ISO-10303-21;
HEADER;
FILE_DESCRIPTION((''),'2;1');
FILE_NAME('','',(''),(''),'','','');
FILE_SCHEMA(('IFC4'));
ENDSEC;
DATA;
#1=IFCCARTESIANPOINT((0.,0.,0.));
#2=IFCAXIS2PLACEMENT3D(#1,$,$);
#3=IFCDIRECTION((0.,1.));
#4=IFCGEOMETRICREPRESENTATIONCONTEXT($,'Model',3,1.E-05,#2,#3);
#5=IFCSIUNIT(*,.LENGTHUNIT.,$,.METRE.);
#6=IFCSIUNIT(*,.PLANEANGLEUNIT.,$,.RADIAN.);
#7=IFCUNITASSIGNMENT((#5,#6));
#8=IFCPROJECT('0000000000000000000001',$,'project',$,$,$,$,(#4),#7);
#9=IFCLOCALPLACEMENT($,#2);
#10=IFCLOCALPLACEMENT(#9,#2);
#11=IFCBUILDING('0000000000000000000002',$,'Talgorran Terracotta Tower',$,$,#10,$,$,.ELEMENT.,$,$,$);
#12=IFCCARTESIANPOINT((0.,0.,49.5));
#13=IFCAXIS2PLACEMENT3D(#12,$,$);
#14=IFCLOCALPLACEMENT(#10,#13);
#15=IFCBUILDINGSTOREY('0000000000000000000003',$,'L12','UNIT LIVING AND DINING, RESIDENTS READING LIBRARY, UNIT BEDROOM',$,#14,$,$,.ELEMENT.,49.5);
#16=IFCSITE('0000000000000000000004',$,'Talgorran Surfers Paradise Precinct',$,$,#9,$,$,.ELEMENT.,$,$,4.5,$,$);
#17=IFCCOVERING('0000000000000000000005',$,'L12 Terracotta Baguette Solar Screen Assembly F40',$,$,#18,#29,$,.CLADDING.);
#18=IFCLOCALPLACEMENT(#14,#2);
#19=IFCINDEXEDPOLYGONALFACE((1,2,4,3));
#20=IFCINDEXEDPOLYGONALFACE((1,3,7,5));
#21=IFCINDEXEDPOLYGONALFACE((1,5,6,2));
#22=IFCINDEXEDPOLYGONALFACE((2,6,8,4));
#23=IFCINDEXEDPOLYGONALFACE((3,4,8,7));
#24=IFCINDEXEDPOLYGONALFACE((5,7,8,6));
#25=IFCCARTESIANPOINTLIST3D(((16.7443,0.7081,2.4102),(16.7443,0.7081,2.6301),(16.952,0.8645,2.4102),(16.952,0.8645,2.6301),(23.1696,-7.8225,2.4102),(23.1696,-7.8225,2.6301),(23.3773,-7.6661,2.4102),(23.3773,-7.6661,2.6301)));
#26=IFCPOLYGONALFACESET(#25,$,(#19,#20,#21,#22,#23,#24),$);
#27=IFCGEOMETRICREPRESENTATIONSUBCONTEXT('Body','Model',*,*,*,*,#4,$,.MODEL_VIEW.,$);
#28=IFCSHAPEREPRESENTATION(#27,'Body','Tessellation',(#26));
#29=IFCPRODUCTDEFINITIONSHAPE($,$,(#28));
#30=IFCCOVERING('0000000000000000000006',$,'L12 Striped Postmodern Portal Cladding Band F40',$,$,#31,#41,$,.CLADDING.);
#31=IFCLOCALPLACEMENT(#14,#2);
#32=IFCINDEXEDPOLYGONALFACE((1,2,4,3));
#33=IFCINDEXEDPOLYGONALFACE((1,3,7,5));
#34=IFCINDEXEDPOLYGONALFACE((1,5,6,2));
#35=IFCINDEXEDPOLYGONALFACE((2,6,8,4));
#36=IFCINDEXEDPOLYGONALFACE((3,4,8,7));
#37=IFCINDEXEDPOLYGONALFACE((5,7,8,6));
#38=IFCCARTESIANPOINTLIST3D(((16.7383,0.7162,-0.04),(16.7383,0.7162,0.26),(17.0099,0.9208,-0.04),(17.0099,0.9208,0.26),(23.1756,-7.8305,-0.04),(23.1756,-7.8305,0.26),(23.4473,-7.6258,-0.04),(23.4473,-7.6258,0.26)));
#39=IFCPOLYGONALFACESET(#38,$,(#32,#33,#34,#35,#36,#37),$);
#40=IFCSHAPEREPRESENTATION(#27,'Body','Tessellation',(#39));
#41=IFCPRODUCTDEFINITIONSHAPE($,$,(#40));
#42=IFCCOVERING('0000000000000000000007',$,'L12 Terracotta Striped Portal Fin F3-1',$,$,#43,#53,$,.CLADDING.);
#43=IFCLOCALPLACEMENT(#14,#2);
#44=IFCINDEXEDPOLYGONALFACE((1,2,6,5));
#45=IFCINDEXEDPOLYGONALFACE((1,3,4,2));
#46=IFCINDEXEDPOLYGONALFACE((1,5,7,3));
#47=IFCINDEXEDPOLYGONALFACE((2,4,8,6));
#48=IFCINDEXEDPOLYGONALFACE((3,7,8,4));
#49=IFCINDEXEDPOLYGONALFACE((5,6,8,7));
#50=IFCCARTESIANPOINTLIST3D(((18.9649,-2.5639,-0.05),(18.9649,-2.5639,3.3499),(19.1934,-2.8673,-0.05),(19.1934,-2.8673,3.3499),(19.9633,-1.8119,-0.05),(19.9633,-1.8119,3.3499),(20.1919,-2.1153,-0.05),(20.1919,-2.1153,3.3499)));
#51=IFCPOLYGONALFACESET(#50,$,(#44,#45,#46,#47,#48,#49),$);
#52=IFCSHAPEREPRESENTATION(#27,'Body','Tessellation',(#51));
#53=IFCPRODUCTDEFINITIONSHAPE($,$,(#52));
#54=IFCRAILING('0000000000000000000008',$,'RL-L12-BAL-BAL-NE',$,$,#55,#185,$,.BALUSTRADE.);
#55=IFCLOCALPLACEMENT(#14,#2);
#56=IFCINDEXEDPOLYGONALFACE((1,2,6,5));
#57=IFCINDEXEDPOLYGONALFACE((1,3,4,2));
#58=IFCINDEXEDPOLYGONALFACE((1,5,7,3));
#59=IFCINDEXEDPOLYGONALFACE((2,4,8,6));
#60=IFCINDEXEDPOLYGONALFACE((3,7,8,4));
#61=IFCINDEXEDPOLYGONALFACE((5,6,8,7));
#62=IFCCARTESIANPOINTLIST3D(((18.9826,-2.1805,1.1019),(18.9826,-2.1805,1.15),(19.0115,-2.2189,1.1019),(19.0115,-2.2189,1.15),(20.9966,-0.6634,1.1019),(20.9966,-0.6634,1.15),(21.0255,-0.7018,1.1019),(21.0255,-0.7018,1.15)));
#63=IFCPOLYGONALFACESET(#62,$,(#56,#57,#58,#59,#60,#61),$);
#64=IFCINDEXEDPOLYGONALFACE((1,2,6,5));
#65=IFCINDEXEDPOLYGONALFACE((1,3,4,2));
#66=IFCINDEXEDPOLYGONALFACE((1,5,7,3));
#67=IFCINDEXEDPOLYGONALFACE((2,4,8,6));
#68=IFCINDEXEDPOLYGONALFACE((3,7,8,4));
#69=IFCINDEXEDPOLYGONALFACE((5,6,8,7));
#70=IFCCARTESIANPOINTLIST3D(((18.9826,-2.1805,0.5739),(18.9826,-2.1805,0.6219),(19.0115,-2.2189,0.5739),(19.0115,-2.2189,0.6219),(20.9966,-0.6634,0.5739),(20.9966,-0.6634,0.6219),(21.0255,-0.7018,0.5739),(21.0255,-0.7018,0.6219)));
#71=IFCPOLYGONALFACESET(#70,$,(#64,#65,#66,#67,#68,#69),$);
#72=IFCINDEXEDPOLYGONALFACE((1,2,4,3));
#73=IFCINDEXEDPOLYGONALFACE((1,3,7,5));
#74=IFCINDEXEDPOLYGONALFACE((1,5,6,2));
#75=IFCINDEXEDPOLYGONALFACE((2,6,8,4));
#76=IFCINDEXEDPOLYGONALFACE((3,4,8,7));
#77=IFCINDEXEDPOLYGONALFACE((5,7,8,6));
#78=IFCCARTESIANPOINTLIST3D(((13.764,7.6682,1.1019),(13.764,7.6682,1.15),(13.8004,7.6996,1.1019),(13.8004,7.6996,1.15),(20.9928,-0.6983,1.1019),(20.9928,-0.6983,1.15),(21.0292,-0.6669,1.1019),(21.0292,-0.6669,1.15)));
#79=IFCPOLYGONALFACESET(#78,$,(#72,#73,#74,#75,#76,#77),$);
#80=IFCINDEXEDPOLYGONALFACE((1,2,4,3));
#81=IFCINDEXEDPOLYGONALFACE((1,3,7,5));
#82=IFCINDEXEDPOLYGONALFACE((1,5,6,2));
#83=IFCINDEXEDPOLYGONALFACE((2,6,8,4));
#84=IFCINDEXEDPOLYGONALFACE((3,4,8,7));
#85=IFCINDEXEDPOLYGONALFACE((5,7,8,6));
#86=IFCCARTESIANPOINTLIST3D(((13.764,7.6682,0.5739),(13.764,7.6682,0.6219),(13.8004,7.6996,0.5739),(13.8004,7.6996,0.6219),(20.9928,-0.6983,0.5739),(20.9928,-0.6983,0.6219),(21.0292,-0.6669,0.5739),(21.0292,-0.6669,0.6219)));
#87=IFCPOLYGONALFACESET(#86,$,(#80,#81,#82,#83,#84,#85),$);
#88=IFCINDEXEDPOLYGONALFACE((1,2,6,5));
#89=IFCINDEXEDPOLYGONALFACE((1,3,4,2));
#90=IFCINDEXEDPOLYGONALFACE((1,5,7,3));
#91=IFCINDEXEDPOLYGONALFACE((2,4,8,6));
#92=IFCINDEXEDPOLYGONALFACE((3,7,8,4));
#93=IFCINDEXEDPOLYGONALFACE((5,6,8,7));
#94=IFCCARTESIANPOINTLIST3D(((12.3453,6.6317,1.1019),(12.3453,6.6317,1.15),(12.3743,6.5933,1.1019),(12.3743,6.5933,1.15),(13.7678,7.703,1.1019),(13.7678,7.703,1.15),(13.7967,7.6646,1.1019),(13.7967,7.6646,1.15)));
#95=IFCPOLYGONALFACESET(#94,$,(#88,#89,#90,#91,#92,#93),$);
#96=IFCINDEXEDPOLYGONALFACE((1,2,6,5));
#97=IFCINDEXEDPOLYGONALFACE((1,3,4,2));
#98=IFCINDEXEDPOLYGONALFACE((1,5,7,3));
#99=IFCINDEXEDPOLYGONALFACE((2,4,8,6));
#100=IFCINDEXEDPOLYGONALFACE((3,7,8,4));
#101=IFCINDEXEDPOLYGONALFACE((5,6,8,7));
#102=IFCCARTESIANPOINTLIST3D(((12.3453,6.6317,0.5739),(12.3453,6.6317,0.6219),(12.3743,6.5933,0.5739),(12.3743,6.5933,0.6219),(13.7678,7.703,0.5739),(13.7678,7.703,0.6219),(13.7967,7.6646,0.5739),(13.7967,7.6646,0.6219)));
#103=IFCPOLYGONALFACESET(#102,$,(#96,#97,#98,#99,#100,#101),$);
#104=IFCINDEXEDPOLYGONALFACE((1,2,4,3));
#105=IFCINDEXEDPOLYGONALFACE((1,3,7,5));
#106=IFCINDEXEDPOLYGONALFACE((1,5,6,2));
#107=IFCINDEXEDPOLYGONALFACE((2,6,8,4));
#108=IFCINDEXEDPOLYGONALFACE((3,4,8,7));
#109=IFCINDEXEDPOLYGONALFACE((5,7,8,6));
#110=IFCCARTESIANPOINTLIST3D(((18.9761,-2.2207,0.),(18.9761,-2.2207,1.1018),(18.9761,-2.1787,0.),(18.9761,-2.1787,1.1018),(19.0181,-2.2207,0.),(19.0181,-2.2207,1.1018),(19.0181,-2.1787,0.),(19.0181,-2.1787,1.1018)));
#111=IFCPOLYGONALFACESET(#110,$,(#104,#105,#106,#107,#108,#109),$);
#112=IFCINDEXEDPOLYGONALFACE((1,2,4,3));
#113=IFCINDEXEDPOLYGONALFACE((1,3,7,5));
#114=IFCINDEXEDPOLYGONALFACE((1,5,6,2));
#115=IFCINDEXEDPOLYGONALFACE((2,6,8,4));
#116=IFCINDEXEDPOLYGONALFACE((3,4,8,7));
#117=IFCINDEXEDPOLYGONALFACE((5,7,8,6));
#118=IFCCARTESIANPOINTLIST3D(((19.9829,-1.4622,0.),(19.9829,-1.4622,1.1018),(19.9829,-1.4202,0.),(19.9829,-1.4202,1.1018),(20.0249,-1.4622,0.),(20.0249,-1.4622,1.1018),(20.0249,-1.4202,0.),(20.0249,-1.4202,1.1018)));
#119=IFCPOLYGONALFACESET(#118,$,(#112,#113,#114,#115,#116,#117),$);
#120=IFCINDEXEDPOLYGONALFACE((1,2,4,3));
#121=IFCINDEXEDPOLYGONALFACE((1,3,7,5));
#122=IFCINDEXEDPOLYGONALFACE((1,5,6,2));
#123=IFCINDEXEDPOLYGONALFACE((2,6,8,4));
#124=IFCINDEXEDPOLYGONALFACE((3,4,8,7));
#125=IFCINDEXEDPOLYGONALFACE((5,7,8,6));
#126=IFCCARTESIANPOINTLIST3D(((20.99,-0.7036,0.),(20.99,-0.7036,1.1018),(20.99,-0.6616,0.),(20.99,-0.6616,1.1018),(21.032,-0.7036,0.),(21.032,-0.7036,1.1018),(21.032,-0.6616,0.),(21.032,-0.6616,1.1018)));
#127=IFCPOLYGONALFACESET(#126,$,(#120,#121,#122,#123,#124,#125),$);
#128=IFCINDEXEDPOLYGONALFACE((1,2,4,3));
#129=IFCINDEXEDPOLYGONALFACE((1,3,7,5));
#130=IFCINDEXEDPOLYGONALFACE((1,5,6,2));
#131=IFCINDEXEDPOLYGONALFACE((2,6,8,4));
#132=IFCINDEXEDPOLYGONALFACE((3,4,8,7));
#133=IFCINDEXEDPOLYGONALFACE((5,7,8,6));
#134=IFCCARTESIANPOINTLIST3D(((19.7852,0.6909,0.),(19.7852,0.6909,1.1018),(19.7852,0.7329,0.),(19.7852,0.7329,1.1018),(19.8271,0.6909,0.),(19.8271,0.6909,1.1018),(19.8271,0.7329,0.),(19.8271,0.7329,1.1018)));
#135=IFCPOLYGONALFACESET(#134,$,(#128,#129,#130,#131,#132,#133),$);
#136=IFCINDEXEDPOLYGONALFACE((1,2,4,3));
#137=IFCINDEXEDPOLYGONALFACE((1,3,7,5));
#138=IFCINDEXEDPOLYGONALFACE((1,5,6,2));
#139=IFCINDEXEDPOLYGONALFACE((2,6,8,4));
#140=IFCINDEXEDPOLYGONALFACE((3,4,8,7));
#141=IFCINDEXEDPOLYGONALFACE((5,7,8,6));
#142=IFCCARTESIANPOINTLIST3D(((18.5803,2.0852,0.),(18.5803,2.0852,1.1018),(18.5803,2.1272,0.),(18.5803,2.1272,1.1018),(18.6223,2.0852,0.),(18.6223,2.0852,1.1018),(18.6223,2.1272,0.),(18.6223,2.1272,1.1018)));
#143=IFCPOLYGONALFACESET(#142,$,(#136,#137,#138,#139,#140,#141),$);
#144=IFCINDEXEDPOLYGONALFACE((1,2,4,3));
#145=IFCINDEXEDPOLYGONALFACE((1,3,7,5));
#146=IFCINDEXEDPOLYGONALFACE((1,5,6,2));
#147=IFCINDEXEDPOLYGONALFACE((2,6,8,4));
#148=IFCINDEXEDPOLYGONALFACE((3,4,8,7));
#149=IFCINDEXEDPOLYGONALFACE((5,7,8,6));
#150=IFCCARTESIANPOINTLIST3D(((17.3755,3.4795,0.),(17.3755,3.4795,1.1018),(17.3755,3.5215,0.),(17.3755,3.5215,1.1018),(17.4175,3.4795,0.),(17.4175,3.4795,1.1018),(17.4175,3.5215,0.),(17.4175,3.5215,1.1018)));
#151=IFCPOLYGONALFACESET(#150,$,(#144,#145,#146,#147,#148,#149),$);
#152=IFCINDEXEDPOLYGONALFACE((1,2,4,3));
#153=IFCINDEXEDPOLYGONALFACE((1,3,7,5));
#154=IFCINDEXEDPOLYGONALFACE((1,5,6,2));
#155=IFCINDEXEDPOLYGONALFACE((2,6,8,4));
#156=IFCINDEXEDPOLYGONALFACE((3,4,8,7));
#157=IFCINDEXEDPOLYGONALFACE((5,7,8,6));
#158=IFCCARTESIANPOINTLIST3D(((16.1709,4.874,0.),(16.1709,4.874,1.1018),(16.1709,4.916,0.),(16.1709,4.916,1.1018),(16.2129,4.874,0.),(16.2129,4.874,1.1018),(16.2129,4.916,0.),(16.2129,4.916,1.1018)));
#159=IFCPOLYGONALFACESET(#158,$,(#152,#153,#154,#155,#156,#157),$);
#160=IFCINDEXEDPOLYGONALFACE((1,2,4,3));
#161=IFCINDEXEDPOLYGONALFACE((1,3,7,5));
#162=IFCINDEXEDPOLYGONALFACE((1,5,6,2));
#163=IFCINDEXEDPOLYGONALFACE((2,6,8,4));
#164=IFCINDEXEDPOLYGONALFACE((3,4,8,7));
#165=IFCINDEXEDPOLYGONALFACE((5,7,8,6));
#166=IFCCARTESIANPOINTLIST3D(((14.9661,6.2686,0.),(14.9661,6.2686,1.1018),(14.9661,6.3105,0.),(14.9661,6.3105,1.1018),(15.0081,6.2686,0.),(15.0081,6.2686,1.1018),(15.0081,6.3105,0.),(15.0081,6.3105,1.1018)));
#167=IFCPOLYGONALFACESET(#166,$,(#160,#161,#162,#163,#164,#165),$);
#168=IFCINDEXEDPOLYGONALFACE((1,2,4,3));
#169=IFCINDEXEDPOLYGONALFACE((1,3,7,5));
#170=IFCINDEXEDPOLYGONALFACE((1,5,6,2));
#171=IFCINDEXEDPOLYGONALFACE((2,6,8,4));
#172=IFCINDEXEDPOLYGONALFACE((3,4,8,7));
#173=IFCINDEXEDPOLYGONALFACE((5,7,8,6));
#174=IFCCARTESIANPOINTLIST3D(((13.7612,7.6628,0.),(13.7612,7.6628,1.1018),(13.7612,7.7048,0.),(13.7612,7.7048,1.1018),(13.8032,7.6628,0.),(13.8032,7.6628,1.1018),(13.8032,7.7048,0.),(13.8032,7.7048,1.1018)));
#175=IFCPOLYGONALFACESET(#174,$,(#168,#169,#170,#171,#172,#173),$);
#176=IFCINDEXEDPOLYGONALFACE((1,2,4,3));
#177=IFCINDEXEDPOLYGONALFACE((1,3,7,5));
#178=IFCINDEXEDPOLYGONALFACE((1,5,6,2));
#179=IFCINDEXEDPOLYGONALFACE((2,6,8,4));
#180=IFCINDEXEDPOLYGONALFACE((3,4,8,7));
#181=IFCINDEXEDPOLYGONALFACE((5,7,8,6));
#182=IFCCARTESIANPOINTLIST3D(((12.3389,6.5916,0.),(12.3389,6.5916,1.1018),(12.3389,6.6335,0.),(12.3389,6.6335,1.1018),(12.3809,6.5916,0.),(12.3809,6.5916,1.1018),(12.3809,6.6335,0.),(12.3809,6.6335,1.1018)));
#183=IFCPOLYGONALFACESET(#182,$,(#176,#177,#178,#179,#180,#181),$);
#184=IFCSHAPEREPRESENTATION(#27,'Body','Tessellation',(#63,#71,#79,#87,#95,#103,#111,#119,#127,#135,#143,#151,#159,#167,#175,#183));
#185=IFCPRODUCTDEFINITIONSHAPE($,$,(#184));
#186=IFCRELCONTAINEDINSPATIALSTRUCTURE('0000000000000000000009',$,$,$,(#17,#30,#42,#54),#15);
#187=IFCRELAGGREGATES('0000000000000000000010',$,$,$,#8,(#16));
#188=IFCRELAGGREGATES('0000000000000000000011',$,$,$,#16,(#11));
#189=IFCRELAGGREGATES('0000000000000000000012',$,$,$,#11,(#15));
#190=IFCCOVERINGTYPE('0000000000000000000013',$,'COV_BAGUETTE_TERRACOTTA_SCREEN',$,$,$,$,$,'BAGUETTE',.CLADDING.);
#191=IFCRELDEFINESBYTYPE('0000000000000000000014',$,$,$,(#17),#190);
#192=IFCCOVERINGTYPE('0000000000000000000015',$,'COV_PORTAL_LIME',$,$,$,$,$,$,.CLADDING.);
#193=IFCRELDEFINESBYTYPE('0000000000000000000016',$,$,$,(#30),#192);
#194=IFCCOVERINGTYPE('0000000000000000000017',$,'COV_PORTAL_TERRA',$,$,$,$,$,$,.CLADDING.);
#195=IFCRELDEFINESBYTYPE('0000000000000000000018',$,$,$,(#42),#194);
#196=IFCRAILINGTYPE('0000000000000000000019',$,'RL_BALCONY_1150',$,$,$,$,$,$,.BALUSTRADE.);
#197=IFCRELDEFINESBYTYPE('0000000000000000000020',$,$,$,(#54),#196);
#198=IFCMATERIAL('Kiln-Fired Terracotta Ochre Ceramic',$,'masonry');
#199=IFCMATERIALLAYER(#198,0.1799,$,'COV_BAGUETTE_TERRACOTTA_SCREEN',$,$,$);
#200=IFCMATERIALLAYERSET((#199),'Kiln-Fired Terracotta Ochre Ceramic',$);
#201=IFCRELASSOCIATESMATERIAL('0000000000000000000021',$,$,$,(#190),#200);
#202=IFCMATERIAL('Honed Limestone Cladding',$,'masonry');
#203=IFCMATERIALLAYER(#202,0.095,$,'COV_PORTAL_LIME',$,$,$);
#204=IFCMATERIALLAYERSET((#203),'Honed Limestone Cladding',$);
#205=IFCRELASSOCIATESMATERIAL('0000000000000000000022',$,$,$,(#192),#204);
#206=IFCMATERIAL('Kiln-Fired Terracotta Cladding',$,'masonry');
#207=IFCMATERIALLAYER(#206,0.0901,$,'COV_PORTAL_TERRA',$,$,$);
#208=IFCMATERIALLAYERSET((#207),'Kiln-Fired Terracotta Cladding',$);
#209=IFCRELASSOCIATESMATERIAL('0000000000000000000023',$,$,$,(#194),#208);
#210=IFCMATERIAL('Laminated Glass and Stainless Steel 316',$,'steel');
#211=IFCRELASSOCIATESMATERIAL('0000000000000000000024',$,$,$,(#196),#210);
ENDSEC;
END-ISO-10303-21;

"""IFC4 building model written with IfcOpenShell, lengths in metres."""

from ifc_helpers import new_model, si_unit, direction, frame, origin, origin_2d, place, context, subcontext, project, spatial, rectangle, extrude, material, layer, layer_set, type_object, element, save


model = new_model("IFC4")

# Units and contexts
model_context = context("Model", 3, precision=1e-05, world=origin(), true_north=direction((0.0, 1.0)))
body_context = subcontext(model_context, "Body", "Model", "MODEL_VIEW")
ifc_project = project(units=[si_unit("LENGTHUNIT", "METRE"), si_unit("PLANEANGLEUNIT", "RADIAN")], contexts=[model_context])

# Site, building, storey
site_placement = place(None, origin())
site = spatial("IfcSite", under=ifc_project, at=site_placement, Name="Talgorran Surfers Paradise Precinct", CompositionType="ELEMENT", RefElevation=4.5)
building_placement = place(site_placement, origin())
building = spatial("IfcBuilding", under=site, at=building_placement, Name="Talgorran Terracotta Tower", CompositionType="ELEMENT")
storey_placement = place(building_placement, frame((0.0, 0.0, 49.5)))
storey = spatial("IfcBuildingStorey", under=building, at=storey_placement, Name="L12", Description="UNIT LIVING AND DINING, RESIDENTS READING LIBRARY, UNIT BEDROOM", CompositionType="ELEMENT", Elevation=49.5)

# Coverings
ifc_material_1 = material(Name="Kiln-Fired Terracotta Ochre Ceramic", Category="masonry")
ifc_layer_1 = layer(ifc_material_1, 0.1799, Name="COV_BAGUETTE_TERRACOTTA_SCREEN")
ifc_layer_set_1 = layer_set([ifc_layer_1], Name="Kiln-Fired Terracotta Ochre Ceramic")
covering_type_1 = type_object("IfcCoveringType", Name="COV_BAGUETTE_TERRACOTTA_SCREEN", ElementType="BAGUETTE", PredefinedType="CLADDING", material=ifc_layer_set_1)
covering_1_placement = place(storey_placement, frame((20.0608, -3.479, 2.4102), z_axis=(0.0, 0.0, 1.0), x_axis=(-0.601634, 0.798772, 0.0)))
element("IfcCovering", 1, at=covering_1_placement, inside=storey, type_object=covering_type_1, Name="L12 Terracotta Baguette Solar Screen Assembly F40", PredefinedType="CLADDING", context=body_context, shape_type="SweptSolid", body=[
    extrude(rectangle(XDim=10.6797, YDim=0.26, at=origin_2d()), origin(), (0.0, 0.0, 1.0), 0.22),
])
ifc_material_2 = material(Name="Honed Limestone Cladding", Category="masonry")
ifc_layer_2 = layer(ifc_material_2, 0.095, Name="COV_PORTAL_LIME")
ifc_layer_set_2 = layer_set([ifc_layer_2], Name="Honed Limestone Cladding")
covering_type_2 = type_object("IfcCoveringType", Name="COV_PORTAL_LIME", PredefinedType="CLADDING", material=ifc_layer_set_2)
covering_2_placement = place(storey_placement, frame((20.0928, -3.4548, -0.04), z_axis=(0.0, 0.0, 1.0), x_axis=(-0.601634, 0.798772, 0.0)))
element("IfcCovering", 2, at=covering_2_placement, inside=storey, type_object=covering_type_2, Name="L12 Striped Postmodern Portal Cladding Band F40", PredefinedType="CLADDING", context=body_context, shape_type="SweptSolid", body=[
    extrude(rectangle(XDim=10.6997, YDim=0.3401, at=origin_2d()), origin(), (0.0, 0.0, 1.0), 0.3),
])
ifc_material_3 = material(Name="Kiln-Fired Terracotta Cladding", Category="masonry")
ifc_layer_3 = layer(ifc_material_3, 0.0901, Name="COV_PORTAL_TERRA")
ifc_layer_set_3 = layer_set([ifc_layer_3], Name="Kiln-Fired Terracotta Cladding")
covering_type_3 = type_object("IfcCoveringType", Name="COV_PORTAL_TERRA", PredefinedType="CLADDING", material=ifc_layer_set_3)
covering_3_placement = place(storey_placement, frame((19.5784, -2.3396, -0.05), z_axis=(0.0, 0.0, 1.0), x_axis=(-0.601634, 0.798772, 0.0)))
element("IfcCovering", 3, at=covering_3_placement, inside=storey, type_object=covering_type_3, Name="L12 Terracotta Striped Portal Fin F3-1", PredefinedType="CLADDING", context=body_context, shape_type="SweptSolid", body=[
    extrude(rectangle(XDim=0.3799, YDim=1.25, at=origin_2d()), origin(), (0.0, 0.0, 1.0), 3.3999),
])

# Railing
ifc_material_4 = material(Name="Laminated Glass and Stainless Steel 316", Category="steel")
railing_type_1 = type_object("IfcRailingType", Name="RL_BALCONY_1150", PredefinedType="BALUSTRADE", material=ifc_material_4)
railing_1_placement = place(storey_placement, frame((18.9971, -2.1997, 0.0)))
element("IfcRailing", 4, at=railing_1_placement, inside=storey, type_object=railing_type_1, Name="RL-L12-BAL-BAL-NE", PredefinedType="BALUSTRADE", context=body_context, shape_type="SweptSolid", body=[
    extrude(rectangle(XDim=0.0481, YDim=0.0481, at=origin_2d()), frame((0.0, 0.0, 1.126), z_axis=(0.798732, 0.601687, 0.0), x_axis=(-0.601687, 0.798732, 0.0)), (0.0, 0.0, 1.0), 2.5215),
    extrude(rectangle(XDim=0.0481, YDim=0.0481, at=origin_2d()), frame((0.0, 0.0, 0.5979), z_axis=(0.798732, 0.601687, 0.0), x_axis=(-0.601687, 0.798732, 0.0)), (0.0, 0.0, 1.0), 2.5215),
    extrude(rectangle(XDim=0.0481, YDim=0.0481, at=origin_2d()), frame((2.0139, 1.5171, 1.126), z_axis=(-0.653785, 0.75668, 0.0), x_axis=(-0.75668, -0.653785, 0.0)), (0.0, 0.0, 1.0), 11.0569),
    extrude(rectangle(XDim=0.0481, YDim=0.0481, at=origin_2d()), frame((2.0139, 1.5171, 0.5979), z_axis=(-0.653785, 0.75668, 0.0), x_axis=(-0.75668, -0.653785, 0.0)), (0.0, 0.0, 1.0), 11.0569),
    extrude(rectangle(XDim=0.0481, YDim=0.0481, at=origin_2d()), frame((-5.2148, 9.8835, 1.126), z_axis=(-0.798781, -0.601622, 0.0), x_axis=(0.601622, -0.798781, 0.0)), (0.0, 0.0, 1.0), 1.7808),
    extrude(rectangle(XDim=0.0481, YDim=0.0481, at=origin_2d()), frame((-5.2148, 9.8835, 0.5979), z_axis=(-0.798781, -0.601622, 0.0), x_axis=(0.601622, -0.798781, 0.0)), (0.0, 0.0, 1.0), 1.7808),
    extrude(rectangle(XDim=0.042, YDim=0.042, at=origin_2d()), origin(), (0.0, 0.0, 1.0), 1.1018),
    extrude(rectangle(XDim=0.042, YDim=0.042, at=origin_2d()), frame((1.0068, 0.7585, 0.0)), (0.0, 0.0, 1.0), 1.1018),
    extrude(rectangle(XDim=0.042, YDim=0.042, at=origin_2d()), frame((2.0139, 1.5171, 0.0)), (0.0, 0.0, 1.0), 1.1018),
    extrude(rectangle(XDim=0.042, YDim=0.042, at=origin_2d()), frame((0.8091, 2.9116, 0.0)), (0.0, 0.0, 1.0), 1.1018),
    extrude(rectangle(XDim=0.042, YDim=0.042, at=origin_2d()), frame((-0.3958, 4.3059, 0.0)), (0.0, 0.0, 1.0), 1.1018),
    extrude(rectangle(XDim=0.042, YDim=0.042, at=origin_2d()), frame((-1.6006, 5.7002, 0.0)), (0.0, 0.0, 1.0), 1.1018),
    extrude(rectangle(XDim=0.042, YDim=0.042, at=origin_2d()), frame((-2.8052, 7.0947, 0.0)), (0.0, 0.0, 1.0), 1.1018),
    extrude(rectangle(XDim=0.042, YDim=0.042, at=origin_2d()), frame((-4.01, 8.4893, 0.0)), (0.0, 0.0, 1.0), 1.1018),
    extrude(rectangle(XDim=0.042, YDim=0.042, at=origin_2d()), frame((-5.2148, 9.8835, 0.0)), (0.0, 0.0, 1.0), 1.1018),
    extrude(rectangle(XDim=0.042, YDim=0.042, at=origin_2d()), frame((-6.6372, 8.8123, 0.0)), (0.0, 0.0, 1.0), 1.1018),
])

save(model, "model.ifc")
